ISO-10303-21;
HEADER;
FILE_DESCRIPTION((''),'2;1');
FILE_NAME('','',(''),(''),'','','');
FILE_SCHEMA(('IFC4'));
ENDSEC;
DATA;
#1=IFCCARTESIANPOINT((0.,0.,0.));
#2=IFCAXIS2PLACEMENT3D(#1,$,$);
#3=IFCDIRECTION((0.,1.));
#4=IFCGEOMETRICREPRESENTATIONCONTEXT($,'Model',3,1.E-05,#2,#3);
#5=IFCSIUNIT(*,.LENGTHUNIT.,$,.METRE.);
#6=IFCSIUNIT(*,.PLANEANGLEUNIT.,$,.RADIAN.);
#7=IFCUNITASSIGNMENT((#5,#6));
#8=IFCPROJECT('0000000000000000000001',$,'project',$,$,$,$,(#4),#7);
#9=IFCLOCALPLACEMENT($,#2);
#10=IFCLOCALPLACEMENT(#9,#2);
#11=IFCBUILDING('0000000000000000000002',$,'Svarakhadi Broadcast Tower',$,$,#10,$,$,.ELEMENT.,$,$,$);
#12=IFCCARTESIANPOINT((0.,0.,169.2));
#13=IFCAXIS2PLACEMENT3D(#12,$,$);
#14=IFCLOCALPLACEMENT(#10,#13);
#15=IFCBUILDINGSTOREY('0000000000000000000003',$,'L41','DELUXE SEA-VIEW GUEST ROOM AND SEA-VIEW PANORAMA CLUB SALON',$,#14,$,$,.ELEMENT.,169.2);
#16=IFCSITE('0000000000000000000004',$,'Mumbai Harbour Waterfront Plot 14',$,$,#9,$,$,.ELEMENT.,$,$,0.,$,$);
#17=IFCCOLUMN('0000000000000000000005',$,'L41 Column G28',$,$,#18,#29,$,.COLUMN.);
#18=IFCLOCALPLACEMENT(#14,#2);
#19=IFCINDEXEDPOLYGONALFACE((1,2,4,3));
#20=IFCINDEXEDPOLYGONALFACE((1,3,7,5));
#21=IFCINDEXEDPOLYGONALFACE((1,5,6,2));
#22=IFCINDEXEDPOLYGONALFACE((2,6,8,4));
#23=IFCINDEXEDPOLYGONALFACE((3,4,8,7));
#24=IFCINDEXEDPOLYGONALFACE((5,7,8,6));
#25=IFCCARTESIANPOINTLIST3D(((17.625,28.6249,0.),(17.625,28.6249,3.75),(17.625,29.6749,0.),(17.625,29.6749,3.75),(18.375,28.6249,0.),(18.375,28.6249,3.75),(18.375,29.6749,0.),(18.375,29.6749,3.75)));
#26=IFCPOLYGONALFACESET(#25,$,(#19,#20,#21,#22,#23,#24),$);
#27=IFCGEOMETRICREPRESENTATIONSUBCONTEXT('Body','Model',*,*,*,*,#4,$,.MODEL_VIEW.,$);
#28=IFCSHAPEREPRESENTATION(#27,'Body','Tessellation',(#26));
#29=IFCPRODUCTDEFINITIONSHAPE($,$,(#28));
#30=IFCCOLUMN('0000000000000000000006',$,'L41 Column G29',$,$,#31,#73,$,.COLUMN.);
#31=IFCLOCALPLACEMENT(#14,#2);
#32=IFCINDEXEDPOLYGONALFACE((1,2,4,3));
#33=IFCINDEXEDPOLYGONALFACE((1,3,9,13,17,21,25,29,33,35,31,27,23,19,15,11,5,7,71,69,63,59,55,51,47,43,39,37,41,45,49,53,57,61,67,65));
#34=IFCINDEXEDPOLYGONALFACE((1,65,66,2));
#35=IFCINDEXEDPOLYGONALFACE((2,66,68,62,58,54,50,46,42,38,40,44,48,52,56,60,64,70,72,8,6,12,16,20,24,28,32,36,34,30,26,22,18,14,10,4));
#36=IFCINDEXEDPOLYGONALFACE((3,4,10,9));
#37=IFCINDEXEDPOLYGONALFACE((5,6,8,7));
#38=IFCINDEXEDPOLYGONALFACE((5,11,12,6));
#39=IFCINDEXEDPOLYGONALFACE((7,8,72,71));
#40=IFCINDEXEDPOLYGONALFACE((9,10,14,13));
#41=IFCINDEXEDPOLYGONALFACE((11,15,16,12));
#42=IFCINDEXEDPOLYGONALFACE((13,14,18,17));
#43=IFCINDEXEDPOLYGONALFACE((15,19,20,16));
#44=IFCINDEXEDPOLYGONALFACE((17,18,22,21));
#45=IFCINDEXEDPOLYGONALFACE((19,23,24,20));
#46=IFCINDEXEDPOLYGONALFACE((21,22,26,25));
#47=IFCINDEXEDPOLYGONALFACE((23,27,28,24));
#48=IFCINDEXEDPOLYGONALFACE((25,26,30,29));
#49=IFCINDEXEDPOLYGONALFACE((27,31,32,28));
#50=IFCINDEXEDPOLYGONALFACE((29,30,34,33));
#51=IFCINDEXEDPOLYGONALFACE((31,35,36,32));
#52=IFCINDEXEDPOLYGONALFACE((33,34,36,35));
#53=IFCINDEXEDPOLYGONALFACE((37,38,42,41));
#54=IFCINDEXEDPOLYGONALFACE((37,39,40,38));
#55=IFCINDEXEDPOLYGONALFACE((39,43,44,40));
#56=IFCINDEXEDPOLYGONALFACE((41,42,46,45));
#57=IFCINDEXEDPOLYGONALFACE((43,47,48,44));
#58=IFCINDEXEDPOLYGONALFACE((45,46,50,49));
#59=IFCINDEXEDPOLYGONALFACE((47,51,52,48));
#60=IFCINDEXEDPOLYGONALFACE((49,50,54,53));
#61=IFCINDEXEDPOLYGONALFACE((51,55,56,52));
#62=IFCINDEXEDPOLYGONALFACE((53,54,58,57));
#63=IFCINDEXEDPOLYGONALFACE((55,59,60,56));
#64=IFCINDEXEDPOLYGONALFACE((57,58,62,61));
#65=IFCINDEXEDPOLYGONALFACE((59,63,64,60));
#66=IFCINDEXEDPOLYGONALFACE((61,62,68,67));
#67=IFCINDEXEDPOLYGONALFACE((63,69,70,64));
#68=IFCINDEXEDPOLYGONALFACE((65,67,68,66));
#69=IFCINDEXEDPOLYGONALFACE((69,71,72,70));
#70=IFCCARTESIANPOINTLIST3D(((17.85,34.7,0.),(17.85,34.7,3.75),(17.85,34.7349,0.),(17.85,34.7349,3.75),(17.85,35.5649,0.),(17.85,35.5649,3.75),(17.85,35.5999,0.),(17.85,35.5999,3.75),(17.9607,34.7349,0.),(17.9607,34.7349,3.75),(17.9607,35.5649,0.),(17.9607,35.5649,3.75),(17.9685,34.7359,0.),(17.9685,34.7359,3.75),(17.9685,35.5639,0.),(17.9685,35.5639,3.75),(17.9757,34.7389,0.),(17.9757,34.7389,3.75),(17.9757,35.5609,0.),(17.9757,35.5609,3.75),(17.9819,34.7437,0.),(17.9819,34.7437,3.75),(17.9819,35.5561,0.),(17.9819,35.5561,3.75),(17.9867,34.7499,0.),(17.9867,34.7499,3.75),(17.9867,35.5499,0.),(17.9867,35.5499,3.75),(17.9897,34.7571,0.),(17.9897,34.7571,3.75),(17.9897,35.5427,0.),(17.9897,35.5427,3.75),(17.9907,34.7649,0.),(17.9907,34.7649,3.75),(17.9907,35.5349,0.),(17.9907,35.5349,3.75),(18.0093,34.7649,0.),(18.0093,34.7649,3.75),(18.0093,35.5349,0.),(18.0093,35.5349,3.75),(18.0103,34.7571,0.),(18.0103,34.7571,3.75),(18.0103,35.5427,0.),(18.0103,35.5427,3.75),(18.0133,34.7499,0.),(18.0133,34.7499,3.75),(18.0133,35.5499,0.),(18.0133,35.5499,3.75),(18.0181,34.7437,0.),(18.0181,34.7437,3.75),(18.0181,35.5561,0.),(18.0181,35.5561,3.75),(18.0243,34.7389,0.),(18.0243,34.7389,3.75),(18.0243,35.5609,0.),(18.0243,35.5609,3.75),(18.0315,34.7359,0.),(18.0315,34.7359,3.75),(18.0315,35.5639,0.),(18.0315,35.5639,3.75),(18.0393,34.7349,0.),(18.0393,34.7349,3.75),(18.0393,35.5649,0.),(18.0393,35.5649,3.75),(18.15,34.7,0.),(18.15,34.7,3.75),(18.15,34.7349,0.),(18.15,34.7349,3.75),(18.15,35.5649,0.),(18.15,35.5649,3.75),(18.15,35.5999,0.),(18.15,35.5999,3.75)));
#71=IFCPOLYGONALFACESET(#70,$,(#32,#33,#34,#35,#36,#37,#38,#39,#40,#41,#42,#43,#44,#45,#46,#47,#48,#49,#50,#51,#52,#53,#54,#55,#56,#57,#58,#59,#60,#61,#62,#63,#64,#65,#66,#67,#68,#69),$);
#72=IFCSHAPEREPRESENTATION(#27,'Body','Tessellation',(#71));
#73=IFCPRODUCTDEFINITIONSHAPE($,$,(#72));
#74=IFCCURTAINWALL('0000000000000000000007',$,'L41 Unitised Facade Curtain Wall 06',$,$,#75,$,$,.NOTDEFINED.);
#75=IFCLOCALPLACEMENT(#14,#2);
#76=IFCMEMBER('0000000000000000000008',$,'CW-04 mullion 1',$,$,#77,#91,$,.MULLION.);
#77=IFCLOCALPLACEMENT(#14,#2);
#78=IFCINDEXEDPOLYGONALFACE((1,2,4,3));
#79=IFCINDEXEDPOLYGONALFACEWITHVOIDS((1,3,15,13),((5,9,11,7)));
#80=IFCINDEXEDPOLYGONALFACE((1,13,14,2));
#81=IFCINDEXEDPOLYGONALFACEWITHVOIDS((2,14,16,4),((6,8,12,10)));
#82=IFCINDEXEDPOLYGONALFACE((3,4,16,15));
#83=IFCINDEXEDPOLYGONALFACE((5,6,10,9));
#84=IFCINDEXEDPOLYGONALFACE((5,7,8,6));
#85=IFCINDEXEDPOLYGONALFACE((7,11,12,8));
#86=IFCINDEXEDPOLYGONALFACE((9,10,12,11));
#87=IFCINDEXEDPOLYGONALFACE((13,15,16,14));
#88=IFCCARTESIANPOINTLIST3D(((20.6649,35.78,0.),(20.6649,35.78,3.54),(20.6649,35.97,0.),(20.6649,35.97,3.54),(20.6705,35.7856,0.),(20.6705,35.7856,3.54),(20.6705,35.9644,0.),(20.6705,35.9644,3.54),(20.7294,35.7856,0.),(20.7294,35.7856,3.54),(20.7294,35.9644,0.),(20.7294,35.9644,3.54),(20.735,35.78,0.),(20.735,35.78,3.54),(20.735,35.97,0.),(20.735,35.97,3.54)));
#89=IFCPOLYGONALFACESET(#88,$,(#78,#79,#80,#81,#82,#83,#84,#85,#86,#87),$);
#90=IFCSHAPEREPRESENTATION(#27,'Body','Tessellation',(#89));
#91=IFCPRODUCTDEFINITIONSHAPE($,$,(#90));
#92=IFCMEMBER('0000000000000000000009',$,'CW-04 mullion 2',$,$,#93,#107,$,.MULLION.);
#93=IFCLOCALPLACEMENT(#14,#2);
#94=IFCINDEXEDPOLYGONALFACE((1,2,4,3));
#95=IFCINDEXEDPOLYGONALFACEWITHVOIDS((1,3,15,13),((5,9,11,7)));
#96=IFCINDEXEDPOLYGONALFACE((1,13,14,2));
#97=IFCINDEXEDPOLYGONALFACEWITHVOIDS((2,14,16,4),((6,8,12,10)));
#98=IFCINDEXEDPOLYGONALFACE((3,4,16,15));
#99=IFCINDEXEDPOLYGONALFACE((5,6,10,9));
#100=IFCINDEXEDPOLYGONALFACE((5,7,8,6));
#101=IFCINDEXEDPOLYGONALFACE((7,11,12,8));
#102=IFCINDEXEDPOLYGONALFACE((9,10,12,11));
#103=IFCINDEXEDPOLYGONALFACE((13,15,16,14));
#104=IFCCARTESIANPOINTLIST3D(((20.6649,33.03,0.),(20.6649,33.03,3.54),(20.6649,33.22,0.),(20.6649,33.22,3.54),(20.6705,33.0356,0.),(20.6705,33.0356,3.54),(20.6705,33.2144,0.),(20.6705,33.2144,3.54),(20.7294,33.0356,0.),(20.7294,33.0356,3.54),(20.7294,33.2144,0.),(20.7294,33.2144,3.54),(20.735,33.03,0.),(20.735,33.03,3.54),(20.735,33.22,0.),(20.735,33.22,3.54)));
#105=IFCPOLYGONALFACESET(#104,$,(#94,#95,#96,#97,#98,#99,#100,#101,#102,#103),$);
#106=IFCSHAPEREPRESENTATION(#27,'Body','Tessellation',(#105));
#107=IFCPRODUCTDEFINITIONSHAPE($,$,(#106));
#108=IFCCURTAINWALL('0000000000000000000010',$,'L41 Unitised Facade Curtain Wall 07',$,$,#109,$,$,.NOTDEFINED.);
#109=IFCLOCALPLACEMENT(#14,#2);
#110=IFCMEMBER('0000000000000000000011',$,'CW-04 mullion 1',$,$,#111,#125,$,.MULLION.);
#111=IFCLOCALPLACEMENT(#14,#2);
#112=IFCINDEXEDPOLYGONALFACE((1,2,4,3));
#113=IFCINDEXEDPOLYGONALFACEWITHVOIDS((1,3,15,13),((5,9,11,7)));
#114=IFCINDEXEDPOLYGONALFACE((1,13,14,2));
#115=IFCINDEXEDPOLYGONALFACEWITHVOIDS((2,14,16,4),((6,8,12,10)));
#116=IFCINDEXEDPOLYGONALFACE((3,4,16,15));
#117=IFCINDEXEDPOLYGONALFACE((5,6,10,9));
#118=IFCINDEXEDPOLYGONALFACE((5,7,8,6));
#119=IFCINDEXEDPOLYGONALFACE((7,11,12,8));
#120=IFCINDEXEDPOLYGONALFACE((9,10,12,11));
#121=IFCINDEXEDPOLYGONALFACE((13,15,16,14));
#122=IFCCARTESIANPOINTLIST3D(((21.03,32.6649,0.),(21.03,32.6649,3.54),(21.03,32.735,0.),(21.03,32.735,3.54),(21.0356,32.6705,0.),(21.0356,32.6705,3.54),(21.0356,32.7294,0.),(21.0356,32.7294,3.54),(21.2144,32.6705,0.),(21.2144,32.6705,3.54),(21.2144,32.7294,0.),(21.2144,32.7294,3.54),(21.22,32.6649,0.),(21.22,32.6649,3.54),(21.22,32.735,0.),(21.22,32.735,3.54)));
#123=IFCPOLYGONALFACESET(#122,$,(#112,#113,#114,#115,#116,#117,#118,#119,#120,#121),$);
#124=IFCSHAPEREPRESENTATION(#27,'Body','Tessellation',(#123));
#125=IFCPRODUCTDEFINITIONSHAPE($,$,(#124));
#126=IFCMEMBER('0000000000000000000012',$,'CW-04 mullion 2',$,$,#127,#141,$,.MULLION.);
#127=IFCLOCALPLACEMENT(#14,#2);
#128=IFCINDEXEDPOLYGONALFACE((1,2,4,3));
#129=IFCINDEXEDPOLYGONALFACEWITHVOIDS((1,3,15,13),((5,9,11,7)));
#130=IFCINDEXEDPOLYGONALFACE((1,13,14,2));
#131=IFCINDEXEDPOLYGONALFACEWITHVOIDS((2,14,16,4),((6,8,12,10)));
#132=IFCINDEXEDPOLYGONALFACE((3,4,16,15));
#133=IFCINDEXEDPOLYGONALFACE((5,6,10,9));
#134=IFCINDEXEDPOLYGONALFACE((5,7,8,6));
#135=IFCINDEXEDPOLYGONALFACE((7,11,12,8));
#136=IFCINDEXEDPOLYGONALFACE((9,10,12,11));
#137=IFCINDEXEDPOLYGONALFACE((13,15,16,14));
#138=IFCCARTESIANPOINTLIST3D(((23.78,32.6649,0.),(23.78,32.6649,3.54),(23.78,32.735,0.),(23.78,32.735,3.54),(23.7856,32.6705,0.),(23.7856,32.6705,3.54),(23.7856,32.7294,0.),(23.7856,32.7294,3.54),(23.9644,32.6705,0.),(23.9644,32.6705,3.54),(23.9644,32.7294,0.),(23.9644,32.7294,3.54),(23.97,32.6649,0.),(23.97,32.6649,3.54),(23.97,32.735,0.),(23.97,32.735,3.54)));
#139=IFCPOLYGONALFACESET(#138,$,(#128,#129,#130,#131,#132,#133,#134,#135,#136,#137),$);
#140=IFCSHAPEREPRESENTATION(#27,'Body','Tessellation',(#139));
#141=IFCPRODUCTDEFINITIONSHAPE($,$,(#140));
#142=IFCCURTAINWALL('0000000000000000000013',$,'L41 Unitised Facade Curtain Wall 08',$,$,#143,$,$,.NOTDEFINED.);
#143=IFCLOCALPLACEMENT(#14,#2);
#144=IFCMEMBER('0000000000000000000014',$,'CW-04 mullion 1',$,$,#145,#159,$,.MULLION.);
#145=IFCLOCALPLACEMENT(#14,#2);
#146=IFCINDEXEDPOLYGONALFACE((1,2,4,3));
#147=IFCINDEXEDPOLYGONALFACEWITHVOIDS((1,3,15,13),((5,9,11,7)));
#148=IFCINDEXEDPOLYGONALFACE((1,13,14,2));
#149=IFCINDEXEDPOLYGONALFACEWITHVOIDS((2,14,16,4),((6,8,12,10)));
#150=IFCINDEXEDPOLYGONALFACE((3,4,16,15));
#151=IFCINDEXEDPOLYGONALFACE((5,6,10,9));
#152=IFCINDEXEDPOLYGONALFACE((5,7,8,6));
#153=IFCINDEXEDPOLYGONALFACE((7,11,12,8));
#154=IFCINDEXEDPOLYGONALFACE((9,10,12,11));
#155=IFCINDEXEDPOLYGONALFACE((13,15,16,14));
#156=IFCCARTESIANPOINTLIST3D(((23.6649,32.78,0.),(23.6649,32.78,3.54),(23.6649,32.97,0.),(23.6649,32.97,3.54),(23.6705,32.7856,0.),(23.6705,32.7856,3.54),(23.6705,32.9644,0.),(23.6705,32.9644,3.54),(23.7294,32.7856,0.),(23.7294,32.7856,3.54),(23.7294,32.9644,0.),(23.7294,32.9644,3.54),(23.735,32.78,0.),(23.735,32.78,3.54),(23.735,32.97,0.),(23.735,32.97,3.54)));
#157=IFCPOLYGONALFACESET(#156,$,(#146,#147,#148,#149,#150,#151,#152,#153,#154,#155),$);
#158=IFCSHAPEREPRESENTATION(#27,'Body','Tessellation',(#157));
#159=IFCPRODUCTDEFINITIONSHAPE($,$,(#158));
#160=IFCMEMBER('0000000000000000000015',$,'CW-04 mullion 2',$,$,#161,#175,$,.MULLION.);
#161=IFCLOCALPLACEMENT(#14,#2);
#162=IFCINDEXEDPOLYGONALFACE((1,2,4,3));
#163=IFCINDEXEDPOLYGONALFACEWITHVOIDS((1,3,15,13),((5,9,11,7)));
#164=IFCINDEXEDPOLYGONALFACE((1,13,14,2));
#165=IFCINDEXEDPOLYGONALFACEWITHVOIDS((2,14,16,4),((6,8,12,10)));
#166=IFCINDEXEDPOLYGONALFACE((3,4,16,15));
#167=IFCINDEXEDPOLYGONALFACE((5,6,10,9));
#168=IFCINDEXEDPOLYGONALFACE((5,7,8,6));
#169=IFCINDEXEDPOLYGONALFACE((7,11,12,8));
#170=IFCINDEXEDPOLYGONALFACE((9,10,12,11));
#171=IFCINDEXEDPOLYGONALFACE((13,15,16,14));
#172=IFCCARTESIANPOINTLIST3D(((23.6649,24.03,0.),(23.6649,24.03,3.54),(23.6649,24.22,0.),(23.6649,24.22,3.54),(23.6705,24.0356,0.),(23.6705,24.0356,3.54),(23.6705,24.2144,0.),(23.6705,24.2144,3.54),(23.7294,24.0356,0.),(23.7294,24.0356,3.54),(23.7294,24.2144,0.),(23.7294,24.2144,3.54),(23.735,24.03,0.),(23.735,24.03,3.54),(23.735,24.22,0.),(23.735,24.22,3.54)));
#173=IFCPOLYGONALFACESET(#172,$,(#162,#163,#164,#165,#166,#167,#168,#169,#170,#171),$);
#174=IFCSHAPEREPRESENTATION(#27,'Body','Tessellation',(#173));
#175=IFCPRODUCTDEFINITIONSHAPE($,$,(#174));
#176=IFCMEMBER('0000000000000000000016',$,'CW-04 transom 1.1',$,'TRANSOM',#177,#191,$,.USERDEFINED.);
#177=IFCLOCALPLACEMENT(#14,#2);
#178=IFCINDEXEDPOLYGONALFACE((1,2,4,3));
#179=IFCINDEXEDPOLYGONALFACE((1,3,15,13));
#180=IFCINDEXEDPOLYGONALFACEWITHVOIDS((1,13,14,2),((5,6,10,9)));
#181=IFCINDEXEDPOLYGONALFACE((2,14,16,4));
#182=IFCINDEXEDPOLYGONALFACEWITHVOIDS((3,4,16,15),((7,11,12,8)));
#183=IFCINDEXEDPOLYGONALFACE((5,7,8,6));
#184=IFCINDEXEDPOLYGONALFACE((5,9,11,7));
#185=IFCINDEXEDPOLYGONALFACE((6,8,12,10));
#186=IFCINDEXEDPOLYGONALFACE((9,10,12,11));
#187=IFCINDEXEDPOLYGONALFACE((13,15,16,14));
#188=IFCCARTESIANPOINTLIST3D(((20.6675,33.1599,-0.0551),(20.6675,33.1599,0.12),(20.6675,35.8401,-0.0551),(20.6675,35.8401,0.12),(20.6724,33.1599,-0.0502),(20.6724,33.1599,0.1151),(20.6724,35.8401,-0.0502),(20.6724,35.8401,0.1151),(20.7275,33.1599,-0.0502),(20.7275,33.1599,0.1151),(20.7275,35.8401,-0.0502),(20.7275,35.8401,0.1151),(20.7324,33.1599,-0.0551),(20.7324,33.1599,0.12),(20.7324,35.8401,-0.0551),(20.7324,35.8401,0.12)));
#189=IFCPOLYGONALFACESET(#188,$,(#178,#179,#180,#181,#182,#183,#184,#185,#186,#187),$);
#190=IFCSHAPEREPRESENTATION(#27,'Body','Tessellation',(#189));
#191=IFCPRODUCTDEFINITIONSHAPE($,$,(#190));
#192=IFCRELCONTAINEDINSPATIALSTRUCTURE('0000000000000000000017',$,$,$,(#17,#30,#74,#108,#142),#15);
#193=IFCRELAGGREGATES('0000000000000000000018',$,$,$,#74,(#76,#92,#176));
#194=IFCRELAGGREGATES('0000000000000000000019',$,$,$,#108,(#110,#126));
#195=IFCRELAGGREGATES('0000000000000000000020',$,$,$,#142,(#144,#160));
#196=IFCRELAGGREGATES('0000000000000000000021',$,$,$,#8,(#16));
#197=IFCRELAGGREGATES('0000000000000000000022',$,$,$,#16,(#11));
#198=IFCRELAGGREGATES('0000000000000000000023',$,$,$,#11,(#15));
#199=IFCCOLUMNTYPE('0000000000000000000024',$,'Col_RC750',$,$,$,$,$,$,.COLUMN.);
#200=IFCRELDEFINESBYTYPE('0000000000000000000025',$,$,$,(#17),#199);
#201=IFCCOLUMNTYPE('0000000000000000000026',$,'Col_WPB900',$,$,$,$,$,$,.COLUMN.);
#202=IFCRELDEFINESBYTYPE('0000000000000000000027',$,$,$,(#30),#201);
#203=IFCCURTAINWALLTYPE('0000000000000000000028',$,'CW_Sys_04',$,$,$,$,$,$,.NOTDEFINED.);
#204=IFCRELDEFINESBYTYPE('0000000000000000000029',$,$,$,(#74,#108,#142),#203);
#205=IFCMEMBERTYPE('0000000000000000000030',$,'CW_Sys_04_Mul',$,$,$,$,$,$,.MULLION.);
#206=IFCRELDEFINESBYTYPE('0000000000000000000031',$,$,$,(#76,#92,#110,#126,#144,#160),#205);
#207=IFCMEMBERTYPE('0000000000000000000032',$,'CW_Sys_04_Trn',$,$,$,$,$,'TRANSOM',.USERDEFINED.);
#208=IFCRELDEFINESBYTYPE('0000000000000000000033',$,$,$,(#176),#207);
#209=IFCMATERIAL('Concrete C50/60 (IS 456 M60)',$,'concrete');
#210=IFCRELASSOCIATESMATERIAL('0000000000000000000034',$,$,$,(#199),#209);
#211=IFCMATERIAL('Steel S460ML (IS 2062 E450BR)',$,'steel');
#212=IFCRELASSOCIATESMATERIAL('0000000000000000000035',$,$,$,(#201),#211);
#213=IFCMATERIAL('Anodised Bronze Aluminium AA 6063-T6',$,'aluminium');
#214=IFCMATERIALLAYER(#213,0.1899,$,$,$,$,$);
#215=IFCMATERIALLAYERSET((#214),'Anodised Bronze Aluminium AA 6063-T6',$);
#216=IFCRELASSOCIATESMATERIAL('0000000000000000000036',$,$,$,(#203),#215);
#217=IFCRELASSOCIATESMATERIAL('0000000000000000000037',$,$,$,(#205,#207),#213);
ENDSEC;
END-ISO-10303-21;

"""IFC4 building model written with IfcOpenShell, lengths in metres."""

from ifc_helpers import new_model, si_unit, direction, frame, origin, origin_2d, place, context, subcontext, project, spatial, rectangle, hollow_rectangle, i_section, extrude, material, layer, layer_set, material_profile, profile_set, type_object, element, aggregate, save


model = new_model("IFC4")

# Units and contexts
model_context = context("Model", 3, precision=1e-05, world=origin(), true_north=direction((0.0, 1.0)))
body_context = subcontext(model_context, "Body", "Model", "MODEL_VIEW")
ifc_project = project(units=[si_unit("LENGTHUNIT", "METRE"), si_unit("PLANEANGLEUNIT", "RADIAN")], contexts=[model_context])

# Site, building, storey
site_placement = place(None, origin())
site = spatial("IfcSite", under=ifc_project, at=site_placement, Name="Mumbai Harbour Waterfront Plot 14", CompositionType="ELEMENT", RefElevation=0.0)
building_placement = place(site_placement, origin())
building = spatial("IfcBuilding", under=site, at=building_placement, Name="Svarakhadi Broadcast Tower", CompositionType="ELEMENT")
storey_placement = place(building_placement, frame((0.0, 0.0, 169.2)))
storey = spatial("IfcBuildingStorey", under=building, at=storey_placement, Name="L41", Description="DELUXE SEA-VIEW GUEST ROOM AND SEA-VIEW PANORAMA CLUB SALON", CompositionType="ELEMENT", Elevation=169.2)

# Columns
ifc_material_1 = material(Name="Concrete C50/60 (IS 456 M60)", Category="concrete")
ifc_material_profile_1 = material_profile(ifc_material_1, rectangle(XDim=0.75, YDim=1.05, at=origin_2d()), Name="RC 750x1050")
ifc_profile_set_1 = profile_set([ifc_material_profile_1], Name="Concrete C50/60 (IS 456 M60)")
column_type_1 = type_object("IfcColumnType", Name="Col_RC750", PredefinedType="COLUMN", material=ifc_profile_set_1)
column_1_placement = place(storey_placement, frame((18.0, 29.1499, 0.0), z_axis=(0.0, 0.0, 1.0), x_axis=(1.0, 0.0, 0.0)))
element("IfcColumn", 1, at=column_1_placement, inside=storey, type_object=column_type_1, Name="L41 Column G28", PredefinedType="COLUMN", context=body_context, shape_type="SweptSolid", body=[
    extrude(rectangle(XDim=0.75, YDim=1.05, at=origin_2d()), origin(), (0.0, 0.0, 1.0), 3.75),
])
ifc_material_2 = material(Name="Steel S460ML (IS 2062 E450BR)", Category="steel")
ifc_material_profile_2 = material_profile(ifc_material_2, i_section(OverallWidth=0.3, OverallDepth=0.8999, WebThickness=0.0186, FlangeThickness=0.0349, FilletRadius=0.03, at=origin_2d()), Name="WPB 900x300x291")
ifc_profile_set_2 = profile_set([ifc_material_profile_2], Name="Steel S460ML (IS 2062 E450BR)")
column_type_2 = type_object("IfcColumnType", Name="Col_WPB900", PredefinedType="COLUMN", material=ifc_profile_set_2)
column_2_placement = place(storey_placement, frame((18.0, 35.1499, 0.0), z_axis=(0.0, 0.0, 1.0), x_axis=(1.0, 0.0, 0.0)))
element("IfcColumn", 2, at=column_2_placement, inside=storey, type_object=column_type_2, Name="L41 Column G29", PredefinedType="COLUMN", context=body_context, shape_type="SweptSolid", body=[
    extrude(i_section(OverallWidth=0.3, OverallDepth=0.8999, WebThickness=0.0186, FlangeThickness=0.0349, FilletRadius=0.03, at=origin_2d()), origin(), (0.0, 0.0, 1.0), 3.75),
])

# Curtain walls, members
ifc_material_3 = material(Name="Anodised Bronze Aluminium AA 6063-T6", Category="aluminium")
ifc_layer_1 = layer(ifc_material_3, 0.1899)
ifc_layer_set_1 = layer_set([ifc_layer_1], Name="Anodised Bronze Aluminium AA 6063-T6")
curtain_wall_type = type_object("IfcCurtainWallType", Name="CW_Sys_04", PredefinedType="NOTDEFINED", material=ifc_layer_set_1)
curtain_wall_1_placement = place(storey_placement, origin())
curtain_wall_1 = element("IfcCurtainWall", 3, at=curtain_wall_1_placement, inside=storey, type_object=curtain_wall_type, Name="L41 Unitised Facade Curtain Wall 06", PredefinedType="NOTDEFINED")
ifc_material_profile_3 = material_profile(ifc_material_3, hollow_rectangle(XDim=0.0701, YDim=0.1899, WallThickness=0.0056, at=origin_2d()), Name="ALU MULLION 190x70x6")
ifc_profile_set_3 = profile_set([ifc_material_profile_3], Name="Anodised Bronze Aluminium AA 6063-T6")
member_type_1 = type_object("IfcMemberType", Name="CW_Sys_04_Mul", PredefinedType="MULLION", material=ifc_profile_set_3)
member_1_placement = place(storey_placement, frame((20.7, 35.875, 0.0), z_axis=(0.0, 0.0, 1.0), x_axis=(1.0, 0.0, 0.0)))
member_1 = element("IfcMember", 4, at=member_1_placement, type_object=member_type_1, Name="CW-04 mullion 1", PredefinedType="MULLION", context=body_context, shape_type="SweptSolid", body=[
    extrude(hollow_rectangle(XDim=0.0701, YDim=0.1899, WallThickness=0.0056, at=origin_2d()), origin(), (0.0, 0.0, 1.0), 3.54),
])
member_2_placement = place(storey_placement, frame((20.7, 33.125, 0.0), z_axis=(0.0, 0.0, 1.0), x_axis=(1.0, 0.0, 0.0)))
member_2 = element("IfcMember", 5, at=member_2_placement, type_object=member_type_1, Name="CW-04 mullion 2", PredefinedType="MULLION", context=body_context, shape_type="SweptSolid", body=[
    extrude(hollow_rectangle(XDim=0.0701, YDim=0.1899, WallThickness=0.0056, at=origin_2d()), origin(), (0.0, 0.0, 1.0), 3.54),
])
curtain_wall_2_placement = place(storey_placement, origin())
curtain_wall_2 = element("IfcCurtainWall", 6, at=curtain_wall_2_placement, inside=storey, type_object=curtain_wall_type, Name="L41 Unitised Facade Curtain Wall 07", PredefinedType="NOTDEFINED")
member_3_placement = place(storey_placement, frame((21.125, 32.7, 0.0), z_axis=(0.0, 0.0, 1.0), x_axis=(0.0, 1.0, 0.0)))
member_3 = element("IfcMember", 7, at=member_3_placement, type_object=member_type_1, Name="CW-04 mullion 1", PredefinedType="MULLION", context=body_context, shape_type="SweptSolid", body=[
    extrude(hollow_rectangle(XDim=0.0701, YDim=0.1899, WallThickness=0.0056, at=origin_2d()), origin(), (0.0, 0.0, 1.0), 3.54),
])
member_4_placement = place(storey_placement, frame((23.875, 32.7, 0.0), z_axis=(0.0, 0.0, 1.0), x_axis=(0.0, 1.0, 0.0)))
member_4 = element("IfcMember", 8, at=member_4_placement, type_object=member_type_1, Name="CW-04 mullion 2", PredefinedType="MULLION", context=body_context, shape_type="SweptSolid", body=[
    extrude(hollow_rectangle(XDim=0.0701, YDim=0.1899, WallThickness=0.0056, at=origin_2d()), origin(), (0.0, 0.0, 1.0), 3.54),
])
curtain_wall_3_placement = place(storey_placement, origin())
curtain_wall_3 = element("IfcCurtainWall", 9, at=curtain_wall_3_placement, inside=storey, type_object=curtain_wall_type, Name="L41 Unitised Facade Curtain Wall 08", PredefinedType="NOTDEFINED")
member_5_placement = place(storey_placement, frame((23.7, 32.875, 0.0), z_axis=(0.0, 0.0, 1.0), x_axis=(1.0, 0.0, 0.0)))
member_5 = element("IfcMember", 10, at=member_5_placement, type_object=member_type_1, Name="CW-04 mullion 1", PredefinedType="MULLION", context=body_context, shape_type="SweptSolid", body=[
    extrude(hollow_rectangle(XDim=0.0701, YDim=0.1899, WallThickness=0.0056, at=origin_2d()), origin(), (0.0, 0.0, 1.0), 3.54),
])
member_6_placement = place(storey_placement, frame((23.7, 24.125, 0.0), z_axis=(0.0, 0.0, 1.0), x_axis=(1.0, 0.0, 0.0)))
member_6 = element("IfcMember", 11, at=member_6_placement, type_object=member_type_1, Name="CW-04 mullion 2", PredefinedType="MULLION", context=body_context, shape_type="SweptSolid", body=[
    extrude(hollow_rectangle(XDim=0.0701, YDim=0.1899, WallThickness=0.0056, at=origin_2d()), origin(), (0.0, 0.0, 1.0), 3.54),
])

# Member
ifc_material_profile_4 = material_profile(ifc_material_3, hollow_rectangle(XDim=0.0649, YDim=0.175, WallThickness=0.0049, at=origin_2d()), Name="ALU TRANSOM 175x65x5")
ifc_profile_set_4 = profile_set([ifc_material_profile_4], Name="Anodised Bronze Aluminium AA 6063-T6")
member_type_2 = type_object("IfcMemberType", Name="CW_Sys_04_Trn", ElementType="TRANSOM", PredefinedType="USERDEFINED", material=ifc_profile_set_4)
member_7_placement = place(storey_placement, frame((20.7, 35.8401, 0.0325), z_axis=(0.0, -1.0, 0.0), x_axis=(1.0, 0.0, 0.0)))
member_7 = element("IfcMember", 12, at=member_7_placement, type_object=member_type_2, Name="CW-04 transom 1.1", ObjectType="TRANSOM", PredefinedType="USERDEFINED", context=body_context, shape_type="SweptSolid", body=[
    extrude(hollow_rectangle(XDim=0.0649, YDim=0.175, WallThickness=0.0049, at=origin_2d()), origin(), (0.0, 0.0, 1.0), 2.6802),
])

aggregate(curtain_wall_1, [member_1, member_2, member_7])
aggregate(curtain_wall_2, [member_3, member_4])
aggregate(curtain_wall_3, [member_5, member_6])

save(model, "model.ifc")
